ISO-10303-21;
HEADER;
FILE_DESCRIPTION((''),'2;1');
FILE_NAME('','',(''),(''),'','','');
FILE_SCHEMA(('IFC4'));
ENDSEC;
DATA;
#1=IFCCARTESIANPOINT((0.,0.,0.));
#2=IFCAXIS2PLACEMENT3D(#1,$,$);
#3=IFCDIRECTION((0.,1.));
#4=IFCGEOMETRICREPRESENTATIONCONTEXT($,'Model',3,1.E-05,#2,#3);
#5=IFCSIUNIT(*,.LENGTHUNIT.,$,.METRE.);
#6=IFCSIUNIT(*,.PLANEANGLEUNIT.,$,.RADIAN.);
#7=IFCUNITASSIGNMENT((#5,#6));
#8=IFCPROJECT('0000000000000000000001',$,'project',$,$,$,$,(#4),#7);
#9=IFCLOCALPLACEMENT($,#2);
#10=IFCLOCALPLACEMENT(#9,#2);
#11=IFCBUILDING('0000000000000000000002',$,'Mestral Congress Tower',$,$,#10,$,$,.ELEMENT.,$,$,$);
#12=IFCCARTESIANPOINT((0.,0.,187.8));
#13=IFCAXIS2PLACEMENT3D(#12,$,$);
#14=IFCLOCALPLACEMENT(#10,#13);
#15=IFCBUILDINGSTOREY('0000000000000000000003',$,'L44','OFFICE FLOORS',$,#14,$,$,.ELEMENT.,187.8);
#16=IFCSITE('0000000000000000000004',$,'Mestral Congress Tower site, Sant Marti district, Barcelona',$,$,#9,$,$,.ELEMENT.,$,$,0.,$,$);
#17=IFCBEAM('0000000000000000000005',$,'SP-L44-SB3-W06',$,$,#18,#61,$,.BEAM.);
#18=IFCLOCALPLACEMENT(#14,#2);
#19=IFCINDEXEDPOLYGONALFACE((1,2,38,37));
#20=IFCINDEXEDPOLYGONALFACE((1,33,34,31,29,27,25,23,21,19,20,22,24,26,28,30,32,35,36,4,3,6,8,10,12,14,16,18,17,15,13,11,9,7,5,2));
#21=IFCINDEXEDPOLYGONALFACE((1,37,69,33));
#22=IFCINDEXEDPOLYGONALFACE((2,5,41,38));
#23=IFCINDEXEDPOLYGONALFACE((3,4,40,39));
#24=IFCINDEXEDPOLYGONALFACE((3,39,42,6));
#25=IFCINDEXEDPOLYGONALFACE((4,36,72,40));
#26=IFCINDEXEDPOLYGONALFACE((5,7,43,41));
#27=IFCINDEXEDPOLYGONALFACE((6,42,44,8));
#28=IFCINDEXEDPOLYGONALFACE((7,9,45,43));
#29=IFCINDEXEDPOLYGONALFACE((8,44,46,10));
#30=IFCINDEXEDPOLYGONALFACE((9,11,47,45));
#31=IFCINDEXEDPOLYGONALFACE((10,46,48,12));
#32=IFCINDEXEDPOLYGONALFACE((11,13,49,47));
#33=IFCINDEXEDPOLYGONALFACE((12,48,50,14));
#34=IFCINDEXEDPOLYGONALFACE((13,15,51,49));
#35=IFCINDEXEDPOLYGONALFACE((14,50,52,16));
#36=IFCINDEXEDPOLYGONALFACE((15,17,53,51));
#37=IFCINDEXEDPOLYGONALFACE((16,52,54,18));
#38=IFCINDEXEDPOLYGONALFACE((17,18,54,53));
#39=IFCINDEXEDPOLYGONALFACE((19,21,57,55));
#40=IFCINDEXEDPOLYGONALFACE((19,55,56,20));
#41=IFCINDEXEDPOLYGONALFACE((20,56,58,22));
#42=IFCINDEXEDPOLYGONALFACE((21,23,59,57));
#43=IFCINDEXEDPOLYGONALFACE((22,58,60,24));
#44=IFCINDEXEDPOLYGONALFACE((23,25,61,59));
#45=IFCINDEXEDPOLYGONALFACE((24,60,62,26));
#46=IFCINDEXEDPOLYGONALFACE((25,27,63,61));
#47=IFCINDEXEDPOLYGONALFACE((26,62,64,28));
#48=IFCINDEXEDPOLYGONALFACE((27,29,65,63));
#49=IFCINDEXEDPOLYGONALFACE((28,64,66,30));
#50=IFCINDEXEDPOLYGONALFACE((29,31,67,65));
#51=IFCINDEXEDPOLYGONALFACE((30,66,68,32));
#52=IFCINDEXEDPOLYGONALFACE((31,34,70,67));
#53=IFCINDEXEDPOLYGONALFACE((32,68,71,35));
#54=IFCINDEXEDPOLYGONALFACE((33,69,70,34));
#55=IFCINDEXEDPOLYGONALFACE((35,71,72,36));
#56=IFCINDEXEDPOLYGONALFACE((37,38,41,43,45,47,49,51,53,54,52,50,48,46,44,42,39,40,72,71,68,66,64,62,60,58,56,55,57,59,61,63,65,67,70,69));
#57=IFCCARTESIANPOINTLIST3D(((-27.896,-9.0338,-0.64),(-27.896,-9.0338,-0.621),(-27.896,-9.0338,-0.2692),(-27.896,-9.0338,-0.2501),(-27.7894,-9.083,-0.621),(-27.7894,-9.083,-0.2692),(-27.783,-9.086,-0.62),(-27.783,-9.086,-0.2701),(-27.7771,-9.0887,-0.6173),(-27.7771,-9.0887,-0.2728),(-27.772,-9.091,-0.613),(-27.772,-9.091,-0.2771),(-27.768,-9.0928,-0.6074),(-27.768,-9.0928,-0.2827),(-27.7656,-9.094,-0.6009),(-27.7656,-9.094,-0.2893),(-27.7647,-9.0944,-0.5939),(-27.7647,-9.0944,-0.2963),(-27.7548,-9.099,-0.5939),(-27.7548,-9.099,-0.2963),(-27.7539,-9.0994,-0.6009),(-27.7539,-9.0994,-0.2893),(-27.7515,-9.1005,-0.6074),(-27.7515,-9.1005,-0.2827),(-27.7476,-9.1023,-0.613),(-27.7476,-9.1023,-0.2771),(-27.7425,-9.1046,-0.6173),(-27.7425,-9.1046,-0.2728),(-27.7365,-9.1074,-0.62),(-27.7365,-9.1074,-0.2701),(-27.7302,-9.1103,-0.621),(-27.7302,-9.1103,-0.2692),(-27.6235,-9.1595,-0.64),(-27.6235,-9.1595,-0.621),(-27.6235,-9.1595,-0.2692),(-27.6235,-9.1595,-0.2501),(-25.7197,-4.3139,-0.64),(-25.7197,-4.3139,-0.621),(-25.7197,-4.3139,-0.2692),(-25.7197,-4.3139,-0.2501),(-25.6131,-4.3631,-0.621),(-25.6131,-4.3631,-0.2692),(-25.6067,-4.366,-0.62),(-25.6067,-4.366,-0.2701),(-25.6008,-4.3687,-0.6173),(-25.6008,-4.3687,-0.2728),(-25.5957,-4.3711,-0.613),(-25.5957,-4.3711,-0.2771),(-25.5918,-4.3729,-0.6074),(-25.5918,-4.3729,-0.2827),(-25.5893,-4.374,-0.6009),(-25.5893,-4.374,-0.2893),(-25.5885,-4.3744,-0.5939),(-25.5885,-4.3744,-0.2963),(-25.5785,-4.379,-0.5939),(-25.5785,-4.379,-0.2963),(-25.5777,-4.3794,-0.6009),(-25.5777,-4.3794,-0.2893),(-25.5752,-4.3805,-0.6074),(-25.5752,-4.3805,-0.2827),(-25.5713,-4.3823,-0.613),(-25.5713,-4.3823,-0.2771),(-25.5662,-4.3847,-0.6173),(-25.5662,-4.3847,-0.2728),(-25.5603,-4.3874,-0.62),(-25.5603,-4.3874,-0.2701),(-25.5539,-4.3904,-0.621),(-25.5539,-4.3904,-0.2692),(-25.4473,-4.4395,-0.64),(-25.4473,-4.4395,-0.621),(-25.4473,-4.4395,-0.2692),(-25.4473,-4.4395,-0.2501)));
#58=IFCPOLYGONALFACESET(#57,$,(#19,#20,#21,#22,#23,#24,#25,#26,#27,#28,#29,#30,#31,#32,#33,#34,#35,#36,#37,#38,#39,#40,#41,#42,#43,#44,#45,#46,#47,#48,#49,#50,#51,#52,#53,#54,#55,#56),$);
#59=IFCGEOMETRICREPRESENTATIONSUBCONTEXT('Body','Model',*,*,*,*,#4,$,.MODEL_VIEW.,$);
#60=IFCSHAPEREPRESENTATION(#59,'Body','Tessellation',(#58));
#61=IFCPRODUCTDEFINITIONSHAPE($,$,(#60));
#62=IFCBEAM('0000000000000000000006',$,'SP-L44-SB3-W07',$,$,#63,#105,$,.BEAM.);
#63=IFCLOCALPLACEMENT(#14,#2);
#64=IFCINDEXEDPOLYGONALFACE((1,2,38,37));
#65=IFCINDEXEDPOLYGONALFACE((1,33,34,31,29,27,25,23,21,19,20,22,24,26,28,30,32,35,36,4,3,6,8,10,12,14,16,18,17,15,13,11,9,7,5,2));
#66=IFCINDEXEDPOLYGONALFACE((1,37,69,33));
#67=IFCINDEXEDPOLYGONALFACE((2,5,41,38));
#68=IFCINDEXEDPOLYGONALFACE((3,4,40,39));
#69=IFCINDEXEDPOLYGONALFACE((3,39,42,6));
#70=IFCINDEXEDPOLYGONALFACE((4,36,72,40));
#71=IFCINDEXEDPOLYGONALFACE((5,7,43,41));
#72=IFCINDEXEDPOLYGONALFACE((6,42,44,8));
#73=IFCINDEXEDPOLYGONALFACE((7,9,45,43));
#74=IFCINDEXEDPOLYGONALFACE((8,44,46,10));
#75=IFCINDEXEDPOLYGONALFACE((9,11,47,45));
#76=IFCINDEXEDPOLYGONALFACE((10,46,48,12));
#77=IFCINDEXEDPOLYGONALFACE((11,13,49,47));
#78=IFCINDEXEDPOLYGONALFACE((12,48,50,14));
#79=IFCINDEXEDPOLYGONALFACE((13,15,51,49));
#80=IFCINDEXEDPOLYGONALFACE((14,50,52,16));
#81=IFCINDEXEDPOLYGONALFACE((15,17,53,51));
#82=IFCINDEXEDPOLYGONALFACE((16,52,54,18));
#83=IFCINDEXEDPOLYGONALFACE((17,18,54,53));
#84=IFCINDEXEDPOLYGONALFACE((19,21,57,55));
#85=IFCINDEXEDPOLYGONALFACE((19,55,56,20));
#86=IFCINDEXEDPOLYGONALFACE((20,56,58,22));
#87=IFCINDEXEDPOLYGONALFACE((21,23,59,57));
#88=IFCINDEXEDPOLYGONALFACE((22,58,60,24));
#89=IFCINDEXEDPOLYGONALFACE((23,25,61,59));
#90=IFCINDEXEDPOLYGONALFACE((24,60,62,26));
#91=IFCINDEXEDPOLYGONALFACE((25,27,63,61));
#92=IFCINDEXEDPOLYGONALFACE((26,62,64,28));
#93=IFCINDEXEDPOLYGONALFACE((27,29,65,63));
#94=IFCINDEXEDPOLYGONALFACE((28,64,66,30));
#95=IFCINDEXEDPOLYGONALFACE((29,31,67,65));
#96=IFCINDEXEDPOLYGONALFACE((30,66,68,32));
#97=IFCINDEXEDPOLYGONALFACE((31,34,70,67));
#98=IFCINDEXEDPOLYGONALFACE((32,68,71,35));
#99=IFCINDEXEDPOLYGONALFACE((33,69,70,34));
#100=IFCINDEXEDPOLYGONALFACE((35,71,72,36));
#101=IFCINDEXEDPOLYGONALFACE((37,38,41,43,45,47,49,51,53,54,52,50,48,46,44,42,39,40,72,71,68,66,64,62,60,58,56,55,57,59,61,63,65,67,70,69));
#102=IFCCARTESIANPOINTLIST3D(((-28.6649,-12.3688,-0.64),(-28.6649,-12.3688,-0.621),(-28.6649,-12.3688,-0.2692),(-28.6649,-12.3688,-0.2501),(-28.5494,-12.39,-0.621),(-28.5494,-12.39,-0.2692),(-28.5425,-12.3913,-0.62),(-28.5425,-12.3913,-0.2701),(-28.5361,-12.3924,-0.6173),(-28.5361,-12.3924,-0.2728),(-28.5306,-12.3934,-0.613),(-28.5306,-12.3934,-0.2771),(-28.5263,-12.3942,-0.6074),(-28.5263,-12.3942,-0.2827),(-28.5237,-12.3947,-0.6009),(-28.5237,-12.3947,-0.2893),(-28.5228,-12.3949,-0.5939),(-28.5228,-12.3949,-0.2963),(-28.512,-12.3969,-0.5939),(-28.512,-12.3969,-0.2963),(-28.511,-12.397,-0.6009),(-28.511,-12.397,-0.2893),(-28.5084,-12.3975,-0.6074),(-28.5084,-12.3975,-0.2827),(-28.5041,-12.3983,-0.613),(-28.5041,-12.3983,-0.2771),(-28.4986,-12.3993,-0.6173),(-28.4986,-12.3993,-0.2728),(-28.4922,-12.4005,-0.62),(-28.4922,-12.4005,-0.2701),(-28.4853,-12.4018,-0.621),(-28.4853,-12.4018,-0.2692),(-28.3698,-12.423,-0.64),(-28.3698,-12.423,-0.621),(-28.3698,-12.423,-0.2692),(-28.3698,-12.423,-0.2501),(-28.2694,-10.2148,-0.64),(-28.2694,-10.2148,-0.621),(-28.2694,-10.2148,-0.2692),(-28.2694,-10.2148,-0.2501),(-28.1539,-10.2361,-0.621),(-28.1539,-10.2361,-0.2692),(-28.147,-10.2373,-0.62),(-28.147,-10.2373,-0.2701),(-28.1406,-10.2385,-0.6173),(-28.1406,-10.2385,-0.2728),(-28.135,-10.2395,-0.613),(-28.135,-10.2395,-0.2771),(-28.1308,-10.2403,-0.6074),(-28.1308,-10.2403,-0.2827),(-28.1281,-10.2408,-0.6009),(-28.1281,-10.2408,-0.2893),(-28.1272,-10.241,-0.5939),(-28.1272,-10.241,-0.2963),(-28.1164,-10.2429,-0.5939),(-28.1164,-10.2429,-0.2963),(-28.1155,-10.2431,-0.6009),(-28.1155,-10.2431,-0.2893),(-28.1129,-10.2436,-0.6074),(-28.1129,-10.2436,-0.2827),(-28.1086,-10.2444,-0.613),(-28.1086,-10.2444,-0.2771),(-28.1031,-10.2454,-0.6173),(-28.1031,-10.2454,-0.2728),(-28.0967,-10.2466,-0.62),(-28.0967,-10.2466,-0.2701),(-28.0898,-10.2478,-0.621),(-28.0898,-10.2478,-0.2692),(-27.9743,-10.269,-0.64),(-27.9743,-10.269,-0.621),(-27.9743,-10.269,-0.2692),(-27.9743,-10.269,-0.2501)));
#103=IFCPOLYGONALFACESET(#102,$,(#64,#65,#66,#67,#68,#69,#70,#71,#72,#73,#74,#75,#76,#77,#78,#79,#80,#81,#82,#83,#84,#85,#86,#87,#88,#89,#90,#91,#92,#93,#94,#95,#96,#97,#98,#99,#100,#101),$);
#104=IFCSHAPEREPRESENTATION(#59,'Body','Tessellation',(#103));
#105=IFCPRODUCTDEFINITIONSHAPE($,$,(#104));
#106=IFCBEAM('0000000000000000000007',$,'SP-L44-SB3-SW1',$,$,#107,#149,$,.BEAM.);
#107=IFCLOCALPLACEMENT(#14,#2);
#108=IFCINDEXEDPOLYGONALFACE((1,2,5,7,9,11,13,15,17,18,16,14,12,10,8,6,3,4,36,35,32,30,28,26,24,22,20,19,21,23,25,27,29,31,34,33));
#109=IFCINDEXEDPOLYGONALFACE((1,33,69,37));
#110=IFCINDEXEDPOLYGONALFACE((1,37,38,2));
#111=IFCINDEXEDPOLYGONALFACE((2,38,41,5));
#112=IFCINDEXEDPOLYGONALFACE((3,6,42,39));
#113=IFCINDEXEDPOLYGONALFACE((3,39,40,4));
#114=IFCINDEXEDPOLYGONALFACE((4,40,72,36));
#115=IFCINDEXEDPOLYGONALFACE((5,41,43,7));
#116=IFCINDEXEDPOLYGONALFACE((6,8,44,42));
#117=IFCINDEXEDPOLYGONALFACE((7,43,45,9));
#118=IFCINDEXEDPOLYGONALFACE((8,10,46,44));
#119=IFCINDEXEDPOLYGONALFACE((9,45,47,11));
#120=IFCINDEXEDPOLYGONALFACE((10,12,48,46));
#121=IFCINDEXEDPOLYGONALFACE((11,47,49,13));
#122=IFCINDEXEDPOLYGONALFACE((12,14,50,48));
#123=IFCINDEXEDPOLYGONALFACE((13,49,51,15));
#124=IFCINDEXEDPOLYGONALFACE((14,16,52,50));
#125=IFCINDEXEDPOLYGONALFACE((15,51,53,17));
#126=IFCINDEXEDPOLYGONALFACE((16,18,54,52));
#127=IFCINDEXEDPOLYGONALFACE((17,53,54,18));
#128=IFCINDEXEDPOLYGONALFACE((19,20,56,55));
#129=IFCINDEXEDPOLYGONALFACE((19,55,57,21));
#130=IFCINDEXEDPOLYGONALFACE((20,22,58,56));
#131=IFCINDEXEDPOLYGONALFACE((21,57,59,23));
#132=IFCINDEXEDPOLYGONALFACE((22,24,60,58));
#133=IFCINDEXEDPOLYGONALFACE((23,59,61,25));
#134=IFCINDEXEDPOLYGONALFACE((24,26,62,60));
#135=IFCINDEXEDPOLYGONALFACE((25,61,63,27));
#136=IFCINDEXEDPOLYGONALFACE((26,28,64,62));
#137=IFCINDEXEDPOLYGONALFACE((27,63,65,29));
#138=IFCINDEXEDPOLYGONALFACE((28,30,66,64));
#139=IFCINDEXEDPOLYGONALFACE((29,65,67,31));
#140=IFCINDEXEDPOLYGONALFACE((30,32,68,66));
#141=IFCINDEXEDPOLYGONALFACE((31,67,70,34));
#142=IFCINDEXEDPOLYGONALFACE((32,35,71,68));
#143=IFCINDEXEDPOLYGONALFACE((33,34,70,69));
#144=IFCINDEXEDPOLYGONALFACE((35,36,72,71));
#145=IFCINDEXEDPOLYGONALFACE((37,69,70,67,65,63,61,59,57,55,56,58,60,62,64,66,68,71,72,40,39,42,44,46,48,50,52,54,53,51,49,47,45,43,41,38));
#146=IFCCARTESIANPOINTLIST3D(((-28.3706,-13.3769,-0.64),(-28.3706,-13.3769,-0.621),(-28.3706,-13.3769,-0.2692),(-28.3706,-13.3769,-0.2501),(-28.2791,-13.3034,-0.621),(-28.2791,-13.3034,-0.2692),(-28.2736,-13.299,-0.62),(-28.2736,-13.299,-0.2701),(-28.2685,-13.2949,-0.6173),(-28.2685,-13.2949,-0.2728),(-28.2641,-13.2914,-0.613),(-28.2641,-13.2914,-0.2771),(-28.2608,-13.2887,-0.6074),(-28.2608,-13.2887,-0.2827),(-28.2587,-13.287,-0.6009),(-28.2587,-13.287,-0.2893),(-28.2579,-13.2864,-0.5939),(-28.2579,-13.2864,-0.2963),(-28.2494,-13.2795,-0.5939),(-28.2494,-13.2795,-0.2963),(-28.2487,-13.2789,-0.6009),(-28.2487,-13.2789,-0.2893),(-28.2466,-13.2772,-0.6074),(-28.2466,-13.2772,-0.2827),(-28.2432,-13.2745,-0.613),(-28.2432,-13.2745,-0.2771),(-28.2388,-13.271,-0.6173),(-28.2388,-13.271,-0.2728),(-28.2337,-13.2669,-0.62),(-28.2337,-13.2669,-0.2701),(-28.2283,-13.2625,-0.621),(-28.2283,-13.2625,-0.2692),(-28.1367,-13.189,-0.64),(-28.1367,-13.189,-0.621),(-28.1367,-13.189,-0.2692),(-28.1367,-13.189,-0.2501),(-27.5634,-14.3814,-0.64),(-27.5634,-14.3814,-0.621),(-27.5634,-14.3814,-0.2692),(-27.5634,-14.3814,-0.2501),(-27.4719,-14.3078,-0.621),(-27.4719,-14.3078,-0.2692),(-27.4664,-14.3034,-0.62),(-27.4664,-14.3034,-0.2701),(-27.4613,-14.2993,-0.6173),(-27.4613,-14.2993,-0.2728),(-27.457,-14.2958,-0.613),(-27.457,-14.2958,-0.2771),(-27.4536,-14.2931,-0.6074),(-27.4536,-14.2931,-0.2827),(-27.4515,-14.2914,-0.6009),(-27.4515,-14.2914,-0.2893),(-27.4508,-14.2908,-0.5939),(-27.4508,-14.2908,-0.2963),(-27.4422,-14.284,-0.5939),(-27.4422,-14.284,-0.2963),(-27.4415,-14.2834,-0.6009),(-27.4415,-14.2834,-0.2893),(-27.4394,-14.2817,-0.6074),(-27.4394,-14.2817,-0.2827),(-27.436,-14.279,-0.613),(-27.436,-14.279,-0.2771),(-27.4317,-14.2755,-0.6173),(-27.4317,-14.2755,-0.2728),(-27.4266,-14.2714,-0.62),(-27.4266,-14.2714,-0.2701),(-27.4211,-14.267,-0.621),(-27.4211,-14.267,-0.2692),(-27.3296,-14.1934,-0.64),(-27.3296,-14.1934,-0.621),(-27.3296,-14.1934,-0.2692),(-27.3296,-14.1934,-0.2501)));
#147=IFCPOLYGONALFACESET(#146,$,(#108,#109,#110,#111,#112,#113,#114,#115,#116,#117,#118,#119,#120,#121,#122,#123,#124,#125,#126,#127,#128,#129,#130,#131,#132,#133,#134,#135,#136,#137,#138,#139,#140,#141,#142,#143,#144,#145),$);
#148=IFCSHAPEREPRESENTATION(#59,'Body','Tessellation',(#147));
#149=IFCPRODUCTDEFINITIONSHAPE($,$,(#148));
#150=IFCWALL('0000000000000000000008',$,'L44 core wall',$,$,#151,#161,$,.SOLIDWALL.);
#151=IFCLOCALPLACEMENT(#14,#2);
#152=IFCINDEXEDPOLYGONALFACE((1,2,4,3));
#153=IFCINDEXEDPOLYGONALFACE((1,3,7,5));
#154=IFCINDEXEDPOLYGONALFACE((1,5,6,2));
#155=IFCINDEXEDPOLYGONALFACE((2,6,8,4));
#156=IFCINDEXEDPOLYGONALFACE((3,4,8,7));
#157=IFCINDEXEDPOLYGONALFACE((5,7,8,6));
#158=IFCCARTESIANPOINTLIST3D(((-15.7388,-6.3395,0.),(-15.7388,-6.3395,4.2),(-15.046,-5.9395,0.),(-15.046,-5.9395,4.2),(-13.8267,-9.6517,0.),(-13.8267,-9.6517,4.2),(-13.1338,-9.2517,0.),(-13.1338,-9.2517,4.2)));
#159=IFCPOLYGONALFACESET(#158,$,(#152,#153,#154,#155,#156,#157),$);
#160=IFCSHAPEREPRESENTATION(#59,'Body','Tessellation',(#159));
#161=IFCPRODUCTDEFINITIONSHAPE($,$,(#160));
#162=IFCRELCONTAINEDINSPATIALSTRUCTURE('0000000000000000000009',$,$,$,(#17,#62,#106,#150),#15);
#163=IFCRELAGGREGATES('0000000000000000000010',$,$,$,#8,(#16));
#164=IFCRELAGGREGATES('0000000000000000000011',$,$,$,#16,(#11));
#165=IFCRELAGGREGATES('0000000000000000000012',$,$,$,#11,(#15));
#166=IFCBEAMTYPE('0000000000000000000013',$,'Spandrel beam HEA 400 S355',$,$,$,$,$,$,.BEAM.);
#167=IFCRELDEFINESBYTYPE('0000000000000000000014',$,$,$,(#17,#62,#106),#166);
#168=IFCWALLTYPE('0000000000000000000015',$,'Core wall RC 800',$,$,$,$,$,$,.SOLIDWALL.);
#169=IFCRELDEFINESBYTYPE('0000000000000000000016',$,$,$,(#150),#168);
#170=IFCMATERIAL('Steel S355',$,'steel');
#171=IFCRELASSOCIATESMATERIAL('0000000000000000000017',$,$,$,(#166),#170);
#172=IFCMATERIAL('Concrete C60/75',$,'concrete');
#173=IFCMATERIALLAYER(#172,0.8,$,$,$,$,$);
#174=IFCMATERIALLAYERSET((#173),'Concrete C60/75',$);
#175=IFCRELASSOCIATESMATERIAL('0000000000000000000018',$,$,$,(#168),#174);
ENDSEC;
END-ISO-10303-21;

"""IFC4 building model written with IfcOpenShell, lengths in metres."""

from ifc_helpers import new_model, si_unit, direction, frame, frame_2d, origin, origin_2d, place, context, subcontext, project, spatial, rectangle, i_section, extrude, material, layer, layer_set, material_profile, profile_set, type_object, element, save


model = new_model("IFC4")

# Units and contexts
model_context = context("Model", 3, precision=1e-05, world=origin(), true_north=direction((0.0, 1.0)))
body_context = subcontext(model_context, "Body", "Model", "MODEL_VIEW")
ifc_project = project(units=[si_unit("LENGTHUNIT", "METRE"), si_unit("PLANEANGLEUNIT", "RADIAN")], contexts=[model_context])

# Site, building, storey
site_placement = place(None, origin())
site = spatial("IfcSite", under=ifc_project, at=site_placement, Name="Mestral Congress Tower site, Sant Marti district, Barcelona", CompositionType="ELEMENT", RefElevation=0.0)
building_placement = place(site_placement, origin())
building = spatial("IfcBuilding", under=site, at=building_placement, Name="Mestral Congress Tower", CompositionType="ELEMENT")
storey_placement = place(building_placement, frame((0.0, 0.0, 187.8)))
storey = spatial("IfcBuildingStorey", under=building, at=storey_placement, Name="L44", Description="OFFICE FLOORS", CompositionType="ELEMENT", Elevation=187.8)

# Shared definitions
ifc_material_1 = material(Name="Concrete C60/75", Category="concrete")

# Beams
ifc_material_2 = material(Name="Steel S355", Category="steel")
ifc_material_profile_1 = material_profile(ifc_material_2, i_section(OverallWidth=0.3, OverallDepth=0.3899, WebThickness=0.011, FlangeThickness=0.019, FilletRadius=0.0271, at=origin_2d()), Name="HEA 400")
ifc_profile_set_1 = profile_set([ifc_material_profile_1], Name="Steel S355")
beam_type_1 = type_object("IfcBeamType", Name="Spandrel beam HEA 400 S355", PredefinedType="BEAM", material=ifc_profile_set_1)
beam_1_placement = place(storey_placement, frame((-25.5835, -4.3767, -0.4451), z_axis=(-0.418713, -0.908119, 0.0), x_axis=(0.908119, -0.418713, 0.0)))
element("IfcBeam", 1, at=beam_1_placement, inside=storey, type_object=beam_type_1, Name="SP-L44-SB3-W06", PredefinedType="BEAM", context=body_context, shape_type="SweptSolid", body=[
    extrude(i_section(OverallWidth=0.3, OverallDepth=0.3899, WebThickness=0.011, FlangeThickness=0.019, FilletRadius=0.0271, at=origin_2d()), origin(), (0.0, 0.0, 1.0), 5.1975),
])
beam_2_placement = place(storey_placement, frame((-28.1218, -10.2419, -0.4451), z_axis=(-0.180612, -0.983554, 0.0), x_axis=(0.983554, -0.180612, 0.0)))
element("IfcBeam", 2, at=beam_2_placement, inside=storey, type_object=beam_type_1, Name="SP-L44-SB3-W07", PredefinedType="BEAM", context=body_context, shape_type="SweptSolid", body=[
    extrude(i_section(OverallWidth=0.3, OverallDepth=0.3899, WebThickness=0.011, FlangeThickness=0.019, FilletRadius=0.0271, at=origin_2d()), origin(), (0.0, 0.0, 1.0), 2.1899),
])
beam_3_placement = place(storey_placement, frame((-28.2537, -13.283, -0.4451), z_axis=(0.626403, -0.779499, 0.0), x_axis=(0.779499, 0.626403, 0.0)))
element("IfcBeam", 3, at=beam_3_placement, inside=storey, type_object=beam_type_1, Name="SP-L44-SB3-SW1", PredefinedType="BEAM", context=body_context, shape_type="SweptSolid", body=[
    extrude(i_section(OverallWidth=0.3, OverallDepth=0.3899, WebThickness=0.011, FlangeThickness=0.019, FilletRadius=0.0271, at=origin_2d()), origin(), (0.0, 0.0, 1.0), 1.2886),
])

# Wall
ifc_layer_1 = layer(ifc_material_1, 0.8)
ifc_layer_set_1 = layer_set([ifc_layer_1], Name="Concrete C60/75")
wall_type_1 = type_object("IfcWallType", Name="Core wall RC 800", PredefinedType="SOLIDWALL", material=ifc_layer_set_1)
wall_1_placement = place(storey_placement, frame((-15.3923, -6.1396, 0.0), z_axis=(0.0, 0.0, 1.0), x_axis=(0.499984, -0.866035, 0.0)))
element("IfcWall", 4, at=wall_1_placement, inside=storey, type_object=wall_type_1, Name="L44 core wall", PredefinedType="SOLIDWALL", context=body_context, shape_type="SweptSolid", body=[
    extrude(rectangle(XDim=3.8245, YDim=0.8, at=frame_2d((1.9121, 0.0))), origin(), (0.0, 0.0, 1.0), 4.2),
])

save(model, "model.ifc")
